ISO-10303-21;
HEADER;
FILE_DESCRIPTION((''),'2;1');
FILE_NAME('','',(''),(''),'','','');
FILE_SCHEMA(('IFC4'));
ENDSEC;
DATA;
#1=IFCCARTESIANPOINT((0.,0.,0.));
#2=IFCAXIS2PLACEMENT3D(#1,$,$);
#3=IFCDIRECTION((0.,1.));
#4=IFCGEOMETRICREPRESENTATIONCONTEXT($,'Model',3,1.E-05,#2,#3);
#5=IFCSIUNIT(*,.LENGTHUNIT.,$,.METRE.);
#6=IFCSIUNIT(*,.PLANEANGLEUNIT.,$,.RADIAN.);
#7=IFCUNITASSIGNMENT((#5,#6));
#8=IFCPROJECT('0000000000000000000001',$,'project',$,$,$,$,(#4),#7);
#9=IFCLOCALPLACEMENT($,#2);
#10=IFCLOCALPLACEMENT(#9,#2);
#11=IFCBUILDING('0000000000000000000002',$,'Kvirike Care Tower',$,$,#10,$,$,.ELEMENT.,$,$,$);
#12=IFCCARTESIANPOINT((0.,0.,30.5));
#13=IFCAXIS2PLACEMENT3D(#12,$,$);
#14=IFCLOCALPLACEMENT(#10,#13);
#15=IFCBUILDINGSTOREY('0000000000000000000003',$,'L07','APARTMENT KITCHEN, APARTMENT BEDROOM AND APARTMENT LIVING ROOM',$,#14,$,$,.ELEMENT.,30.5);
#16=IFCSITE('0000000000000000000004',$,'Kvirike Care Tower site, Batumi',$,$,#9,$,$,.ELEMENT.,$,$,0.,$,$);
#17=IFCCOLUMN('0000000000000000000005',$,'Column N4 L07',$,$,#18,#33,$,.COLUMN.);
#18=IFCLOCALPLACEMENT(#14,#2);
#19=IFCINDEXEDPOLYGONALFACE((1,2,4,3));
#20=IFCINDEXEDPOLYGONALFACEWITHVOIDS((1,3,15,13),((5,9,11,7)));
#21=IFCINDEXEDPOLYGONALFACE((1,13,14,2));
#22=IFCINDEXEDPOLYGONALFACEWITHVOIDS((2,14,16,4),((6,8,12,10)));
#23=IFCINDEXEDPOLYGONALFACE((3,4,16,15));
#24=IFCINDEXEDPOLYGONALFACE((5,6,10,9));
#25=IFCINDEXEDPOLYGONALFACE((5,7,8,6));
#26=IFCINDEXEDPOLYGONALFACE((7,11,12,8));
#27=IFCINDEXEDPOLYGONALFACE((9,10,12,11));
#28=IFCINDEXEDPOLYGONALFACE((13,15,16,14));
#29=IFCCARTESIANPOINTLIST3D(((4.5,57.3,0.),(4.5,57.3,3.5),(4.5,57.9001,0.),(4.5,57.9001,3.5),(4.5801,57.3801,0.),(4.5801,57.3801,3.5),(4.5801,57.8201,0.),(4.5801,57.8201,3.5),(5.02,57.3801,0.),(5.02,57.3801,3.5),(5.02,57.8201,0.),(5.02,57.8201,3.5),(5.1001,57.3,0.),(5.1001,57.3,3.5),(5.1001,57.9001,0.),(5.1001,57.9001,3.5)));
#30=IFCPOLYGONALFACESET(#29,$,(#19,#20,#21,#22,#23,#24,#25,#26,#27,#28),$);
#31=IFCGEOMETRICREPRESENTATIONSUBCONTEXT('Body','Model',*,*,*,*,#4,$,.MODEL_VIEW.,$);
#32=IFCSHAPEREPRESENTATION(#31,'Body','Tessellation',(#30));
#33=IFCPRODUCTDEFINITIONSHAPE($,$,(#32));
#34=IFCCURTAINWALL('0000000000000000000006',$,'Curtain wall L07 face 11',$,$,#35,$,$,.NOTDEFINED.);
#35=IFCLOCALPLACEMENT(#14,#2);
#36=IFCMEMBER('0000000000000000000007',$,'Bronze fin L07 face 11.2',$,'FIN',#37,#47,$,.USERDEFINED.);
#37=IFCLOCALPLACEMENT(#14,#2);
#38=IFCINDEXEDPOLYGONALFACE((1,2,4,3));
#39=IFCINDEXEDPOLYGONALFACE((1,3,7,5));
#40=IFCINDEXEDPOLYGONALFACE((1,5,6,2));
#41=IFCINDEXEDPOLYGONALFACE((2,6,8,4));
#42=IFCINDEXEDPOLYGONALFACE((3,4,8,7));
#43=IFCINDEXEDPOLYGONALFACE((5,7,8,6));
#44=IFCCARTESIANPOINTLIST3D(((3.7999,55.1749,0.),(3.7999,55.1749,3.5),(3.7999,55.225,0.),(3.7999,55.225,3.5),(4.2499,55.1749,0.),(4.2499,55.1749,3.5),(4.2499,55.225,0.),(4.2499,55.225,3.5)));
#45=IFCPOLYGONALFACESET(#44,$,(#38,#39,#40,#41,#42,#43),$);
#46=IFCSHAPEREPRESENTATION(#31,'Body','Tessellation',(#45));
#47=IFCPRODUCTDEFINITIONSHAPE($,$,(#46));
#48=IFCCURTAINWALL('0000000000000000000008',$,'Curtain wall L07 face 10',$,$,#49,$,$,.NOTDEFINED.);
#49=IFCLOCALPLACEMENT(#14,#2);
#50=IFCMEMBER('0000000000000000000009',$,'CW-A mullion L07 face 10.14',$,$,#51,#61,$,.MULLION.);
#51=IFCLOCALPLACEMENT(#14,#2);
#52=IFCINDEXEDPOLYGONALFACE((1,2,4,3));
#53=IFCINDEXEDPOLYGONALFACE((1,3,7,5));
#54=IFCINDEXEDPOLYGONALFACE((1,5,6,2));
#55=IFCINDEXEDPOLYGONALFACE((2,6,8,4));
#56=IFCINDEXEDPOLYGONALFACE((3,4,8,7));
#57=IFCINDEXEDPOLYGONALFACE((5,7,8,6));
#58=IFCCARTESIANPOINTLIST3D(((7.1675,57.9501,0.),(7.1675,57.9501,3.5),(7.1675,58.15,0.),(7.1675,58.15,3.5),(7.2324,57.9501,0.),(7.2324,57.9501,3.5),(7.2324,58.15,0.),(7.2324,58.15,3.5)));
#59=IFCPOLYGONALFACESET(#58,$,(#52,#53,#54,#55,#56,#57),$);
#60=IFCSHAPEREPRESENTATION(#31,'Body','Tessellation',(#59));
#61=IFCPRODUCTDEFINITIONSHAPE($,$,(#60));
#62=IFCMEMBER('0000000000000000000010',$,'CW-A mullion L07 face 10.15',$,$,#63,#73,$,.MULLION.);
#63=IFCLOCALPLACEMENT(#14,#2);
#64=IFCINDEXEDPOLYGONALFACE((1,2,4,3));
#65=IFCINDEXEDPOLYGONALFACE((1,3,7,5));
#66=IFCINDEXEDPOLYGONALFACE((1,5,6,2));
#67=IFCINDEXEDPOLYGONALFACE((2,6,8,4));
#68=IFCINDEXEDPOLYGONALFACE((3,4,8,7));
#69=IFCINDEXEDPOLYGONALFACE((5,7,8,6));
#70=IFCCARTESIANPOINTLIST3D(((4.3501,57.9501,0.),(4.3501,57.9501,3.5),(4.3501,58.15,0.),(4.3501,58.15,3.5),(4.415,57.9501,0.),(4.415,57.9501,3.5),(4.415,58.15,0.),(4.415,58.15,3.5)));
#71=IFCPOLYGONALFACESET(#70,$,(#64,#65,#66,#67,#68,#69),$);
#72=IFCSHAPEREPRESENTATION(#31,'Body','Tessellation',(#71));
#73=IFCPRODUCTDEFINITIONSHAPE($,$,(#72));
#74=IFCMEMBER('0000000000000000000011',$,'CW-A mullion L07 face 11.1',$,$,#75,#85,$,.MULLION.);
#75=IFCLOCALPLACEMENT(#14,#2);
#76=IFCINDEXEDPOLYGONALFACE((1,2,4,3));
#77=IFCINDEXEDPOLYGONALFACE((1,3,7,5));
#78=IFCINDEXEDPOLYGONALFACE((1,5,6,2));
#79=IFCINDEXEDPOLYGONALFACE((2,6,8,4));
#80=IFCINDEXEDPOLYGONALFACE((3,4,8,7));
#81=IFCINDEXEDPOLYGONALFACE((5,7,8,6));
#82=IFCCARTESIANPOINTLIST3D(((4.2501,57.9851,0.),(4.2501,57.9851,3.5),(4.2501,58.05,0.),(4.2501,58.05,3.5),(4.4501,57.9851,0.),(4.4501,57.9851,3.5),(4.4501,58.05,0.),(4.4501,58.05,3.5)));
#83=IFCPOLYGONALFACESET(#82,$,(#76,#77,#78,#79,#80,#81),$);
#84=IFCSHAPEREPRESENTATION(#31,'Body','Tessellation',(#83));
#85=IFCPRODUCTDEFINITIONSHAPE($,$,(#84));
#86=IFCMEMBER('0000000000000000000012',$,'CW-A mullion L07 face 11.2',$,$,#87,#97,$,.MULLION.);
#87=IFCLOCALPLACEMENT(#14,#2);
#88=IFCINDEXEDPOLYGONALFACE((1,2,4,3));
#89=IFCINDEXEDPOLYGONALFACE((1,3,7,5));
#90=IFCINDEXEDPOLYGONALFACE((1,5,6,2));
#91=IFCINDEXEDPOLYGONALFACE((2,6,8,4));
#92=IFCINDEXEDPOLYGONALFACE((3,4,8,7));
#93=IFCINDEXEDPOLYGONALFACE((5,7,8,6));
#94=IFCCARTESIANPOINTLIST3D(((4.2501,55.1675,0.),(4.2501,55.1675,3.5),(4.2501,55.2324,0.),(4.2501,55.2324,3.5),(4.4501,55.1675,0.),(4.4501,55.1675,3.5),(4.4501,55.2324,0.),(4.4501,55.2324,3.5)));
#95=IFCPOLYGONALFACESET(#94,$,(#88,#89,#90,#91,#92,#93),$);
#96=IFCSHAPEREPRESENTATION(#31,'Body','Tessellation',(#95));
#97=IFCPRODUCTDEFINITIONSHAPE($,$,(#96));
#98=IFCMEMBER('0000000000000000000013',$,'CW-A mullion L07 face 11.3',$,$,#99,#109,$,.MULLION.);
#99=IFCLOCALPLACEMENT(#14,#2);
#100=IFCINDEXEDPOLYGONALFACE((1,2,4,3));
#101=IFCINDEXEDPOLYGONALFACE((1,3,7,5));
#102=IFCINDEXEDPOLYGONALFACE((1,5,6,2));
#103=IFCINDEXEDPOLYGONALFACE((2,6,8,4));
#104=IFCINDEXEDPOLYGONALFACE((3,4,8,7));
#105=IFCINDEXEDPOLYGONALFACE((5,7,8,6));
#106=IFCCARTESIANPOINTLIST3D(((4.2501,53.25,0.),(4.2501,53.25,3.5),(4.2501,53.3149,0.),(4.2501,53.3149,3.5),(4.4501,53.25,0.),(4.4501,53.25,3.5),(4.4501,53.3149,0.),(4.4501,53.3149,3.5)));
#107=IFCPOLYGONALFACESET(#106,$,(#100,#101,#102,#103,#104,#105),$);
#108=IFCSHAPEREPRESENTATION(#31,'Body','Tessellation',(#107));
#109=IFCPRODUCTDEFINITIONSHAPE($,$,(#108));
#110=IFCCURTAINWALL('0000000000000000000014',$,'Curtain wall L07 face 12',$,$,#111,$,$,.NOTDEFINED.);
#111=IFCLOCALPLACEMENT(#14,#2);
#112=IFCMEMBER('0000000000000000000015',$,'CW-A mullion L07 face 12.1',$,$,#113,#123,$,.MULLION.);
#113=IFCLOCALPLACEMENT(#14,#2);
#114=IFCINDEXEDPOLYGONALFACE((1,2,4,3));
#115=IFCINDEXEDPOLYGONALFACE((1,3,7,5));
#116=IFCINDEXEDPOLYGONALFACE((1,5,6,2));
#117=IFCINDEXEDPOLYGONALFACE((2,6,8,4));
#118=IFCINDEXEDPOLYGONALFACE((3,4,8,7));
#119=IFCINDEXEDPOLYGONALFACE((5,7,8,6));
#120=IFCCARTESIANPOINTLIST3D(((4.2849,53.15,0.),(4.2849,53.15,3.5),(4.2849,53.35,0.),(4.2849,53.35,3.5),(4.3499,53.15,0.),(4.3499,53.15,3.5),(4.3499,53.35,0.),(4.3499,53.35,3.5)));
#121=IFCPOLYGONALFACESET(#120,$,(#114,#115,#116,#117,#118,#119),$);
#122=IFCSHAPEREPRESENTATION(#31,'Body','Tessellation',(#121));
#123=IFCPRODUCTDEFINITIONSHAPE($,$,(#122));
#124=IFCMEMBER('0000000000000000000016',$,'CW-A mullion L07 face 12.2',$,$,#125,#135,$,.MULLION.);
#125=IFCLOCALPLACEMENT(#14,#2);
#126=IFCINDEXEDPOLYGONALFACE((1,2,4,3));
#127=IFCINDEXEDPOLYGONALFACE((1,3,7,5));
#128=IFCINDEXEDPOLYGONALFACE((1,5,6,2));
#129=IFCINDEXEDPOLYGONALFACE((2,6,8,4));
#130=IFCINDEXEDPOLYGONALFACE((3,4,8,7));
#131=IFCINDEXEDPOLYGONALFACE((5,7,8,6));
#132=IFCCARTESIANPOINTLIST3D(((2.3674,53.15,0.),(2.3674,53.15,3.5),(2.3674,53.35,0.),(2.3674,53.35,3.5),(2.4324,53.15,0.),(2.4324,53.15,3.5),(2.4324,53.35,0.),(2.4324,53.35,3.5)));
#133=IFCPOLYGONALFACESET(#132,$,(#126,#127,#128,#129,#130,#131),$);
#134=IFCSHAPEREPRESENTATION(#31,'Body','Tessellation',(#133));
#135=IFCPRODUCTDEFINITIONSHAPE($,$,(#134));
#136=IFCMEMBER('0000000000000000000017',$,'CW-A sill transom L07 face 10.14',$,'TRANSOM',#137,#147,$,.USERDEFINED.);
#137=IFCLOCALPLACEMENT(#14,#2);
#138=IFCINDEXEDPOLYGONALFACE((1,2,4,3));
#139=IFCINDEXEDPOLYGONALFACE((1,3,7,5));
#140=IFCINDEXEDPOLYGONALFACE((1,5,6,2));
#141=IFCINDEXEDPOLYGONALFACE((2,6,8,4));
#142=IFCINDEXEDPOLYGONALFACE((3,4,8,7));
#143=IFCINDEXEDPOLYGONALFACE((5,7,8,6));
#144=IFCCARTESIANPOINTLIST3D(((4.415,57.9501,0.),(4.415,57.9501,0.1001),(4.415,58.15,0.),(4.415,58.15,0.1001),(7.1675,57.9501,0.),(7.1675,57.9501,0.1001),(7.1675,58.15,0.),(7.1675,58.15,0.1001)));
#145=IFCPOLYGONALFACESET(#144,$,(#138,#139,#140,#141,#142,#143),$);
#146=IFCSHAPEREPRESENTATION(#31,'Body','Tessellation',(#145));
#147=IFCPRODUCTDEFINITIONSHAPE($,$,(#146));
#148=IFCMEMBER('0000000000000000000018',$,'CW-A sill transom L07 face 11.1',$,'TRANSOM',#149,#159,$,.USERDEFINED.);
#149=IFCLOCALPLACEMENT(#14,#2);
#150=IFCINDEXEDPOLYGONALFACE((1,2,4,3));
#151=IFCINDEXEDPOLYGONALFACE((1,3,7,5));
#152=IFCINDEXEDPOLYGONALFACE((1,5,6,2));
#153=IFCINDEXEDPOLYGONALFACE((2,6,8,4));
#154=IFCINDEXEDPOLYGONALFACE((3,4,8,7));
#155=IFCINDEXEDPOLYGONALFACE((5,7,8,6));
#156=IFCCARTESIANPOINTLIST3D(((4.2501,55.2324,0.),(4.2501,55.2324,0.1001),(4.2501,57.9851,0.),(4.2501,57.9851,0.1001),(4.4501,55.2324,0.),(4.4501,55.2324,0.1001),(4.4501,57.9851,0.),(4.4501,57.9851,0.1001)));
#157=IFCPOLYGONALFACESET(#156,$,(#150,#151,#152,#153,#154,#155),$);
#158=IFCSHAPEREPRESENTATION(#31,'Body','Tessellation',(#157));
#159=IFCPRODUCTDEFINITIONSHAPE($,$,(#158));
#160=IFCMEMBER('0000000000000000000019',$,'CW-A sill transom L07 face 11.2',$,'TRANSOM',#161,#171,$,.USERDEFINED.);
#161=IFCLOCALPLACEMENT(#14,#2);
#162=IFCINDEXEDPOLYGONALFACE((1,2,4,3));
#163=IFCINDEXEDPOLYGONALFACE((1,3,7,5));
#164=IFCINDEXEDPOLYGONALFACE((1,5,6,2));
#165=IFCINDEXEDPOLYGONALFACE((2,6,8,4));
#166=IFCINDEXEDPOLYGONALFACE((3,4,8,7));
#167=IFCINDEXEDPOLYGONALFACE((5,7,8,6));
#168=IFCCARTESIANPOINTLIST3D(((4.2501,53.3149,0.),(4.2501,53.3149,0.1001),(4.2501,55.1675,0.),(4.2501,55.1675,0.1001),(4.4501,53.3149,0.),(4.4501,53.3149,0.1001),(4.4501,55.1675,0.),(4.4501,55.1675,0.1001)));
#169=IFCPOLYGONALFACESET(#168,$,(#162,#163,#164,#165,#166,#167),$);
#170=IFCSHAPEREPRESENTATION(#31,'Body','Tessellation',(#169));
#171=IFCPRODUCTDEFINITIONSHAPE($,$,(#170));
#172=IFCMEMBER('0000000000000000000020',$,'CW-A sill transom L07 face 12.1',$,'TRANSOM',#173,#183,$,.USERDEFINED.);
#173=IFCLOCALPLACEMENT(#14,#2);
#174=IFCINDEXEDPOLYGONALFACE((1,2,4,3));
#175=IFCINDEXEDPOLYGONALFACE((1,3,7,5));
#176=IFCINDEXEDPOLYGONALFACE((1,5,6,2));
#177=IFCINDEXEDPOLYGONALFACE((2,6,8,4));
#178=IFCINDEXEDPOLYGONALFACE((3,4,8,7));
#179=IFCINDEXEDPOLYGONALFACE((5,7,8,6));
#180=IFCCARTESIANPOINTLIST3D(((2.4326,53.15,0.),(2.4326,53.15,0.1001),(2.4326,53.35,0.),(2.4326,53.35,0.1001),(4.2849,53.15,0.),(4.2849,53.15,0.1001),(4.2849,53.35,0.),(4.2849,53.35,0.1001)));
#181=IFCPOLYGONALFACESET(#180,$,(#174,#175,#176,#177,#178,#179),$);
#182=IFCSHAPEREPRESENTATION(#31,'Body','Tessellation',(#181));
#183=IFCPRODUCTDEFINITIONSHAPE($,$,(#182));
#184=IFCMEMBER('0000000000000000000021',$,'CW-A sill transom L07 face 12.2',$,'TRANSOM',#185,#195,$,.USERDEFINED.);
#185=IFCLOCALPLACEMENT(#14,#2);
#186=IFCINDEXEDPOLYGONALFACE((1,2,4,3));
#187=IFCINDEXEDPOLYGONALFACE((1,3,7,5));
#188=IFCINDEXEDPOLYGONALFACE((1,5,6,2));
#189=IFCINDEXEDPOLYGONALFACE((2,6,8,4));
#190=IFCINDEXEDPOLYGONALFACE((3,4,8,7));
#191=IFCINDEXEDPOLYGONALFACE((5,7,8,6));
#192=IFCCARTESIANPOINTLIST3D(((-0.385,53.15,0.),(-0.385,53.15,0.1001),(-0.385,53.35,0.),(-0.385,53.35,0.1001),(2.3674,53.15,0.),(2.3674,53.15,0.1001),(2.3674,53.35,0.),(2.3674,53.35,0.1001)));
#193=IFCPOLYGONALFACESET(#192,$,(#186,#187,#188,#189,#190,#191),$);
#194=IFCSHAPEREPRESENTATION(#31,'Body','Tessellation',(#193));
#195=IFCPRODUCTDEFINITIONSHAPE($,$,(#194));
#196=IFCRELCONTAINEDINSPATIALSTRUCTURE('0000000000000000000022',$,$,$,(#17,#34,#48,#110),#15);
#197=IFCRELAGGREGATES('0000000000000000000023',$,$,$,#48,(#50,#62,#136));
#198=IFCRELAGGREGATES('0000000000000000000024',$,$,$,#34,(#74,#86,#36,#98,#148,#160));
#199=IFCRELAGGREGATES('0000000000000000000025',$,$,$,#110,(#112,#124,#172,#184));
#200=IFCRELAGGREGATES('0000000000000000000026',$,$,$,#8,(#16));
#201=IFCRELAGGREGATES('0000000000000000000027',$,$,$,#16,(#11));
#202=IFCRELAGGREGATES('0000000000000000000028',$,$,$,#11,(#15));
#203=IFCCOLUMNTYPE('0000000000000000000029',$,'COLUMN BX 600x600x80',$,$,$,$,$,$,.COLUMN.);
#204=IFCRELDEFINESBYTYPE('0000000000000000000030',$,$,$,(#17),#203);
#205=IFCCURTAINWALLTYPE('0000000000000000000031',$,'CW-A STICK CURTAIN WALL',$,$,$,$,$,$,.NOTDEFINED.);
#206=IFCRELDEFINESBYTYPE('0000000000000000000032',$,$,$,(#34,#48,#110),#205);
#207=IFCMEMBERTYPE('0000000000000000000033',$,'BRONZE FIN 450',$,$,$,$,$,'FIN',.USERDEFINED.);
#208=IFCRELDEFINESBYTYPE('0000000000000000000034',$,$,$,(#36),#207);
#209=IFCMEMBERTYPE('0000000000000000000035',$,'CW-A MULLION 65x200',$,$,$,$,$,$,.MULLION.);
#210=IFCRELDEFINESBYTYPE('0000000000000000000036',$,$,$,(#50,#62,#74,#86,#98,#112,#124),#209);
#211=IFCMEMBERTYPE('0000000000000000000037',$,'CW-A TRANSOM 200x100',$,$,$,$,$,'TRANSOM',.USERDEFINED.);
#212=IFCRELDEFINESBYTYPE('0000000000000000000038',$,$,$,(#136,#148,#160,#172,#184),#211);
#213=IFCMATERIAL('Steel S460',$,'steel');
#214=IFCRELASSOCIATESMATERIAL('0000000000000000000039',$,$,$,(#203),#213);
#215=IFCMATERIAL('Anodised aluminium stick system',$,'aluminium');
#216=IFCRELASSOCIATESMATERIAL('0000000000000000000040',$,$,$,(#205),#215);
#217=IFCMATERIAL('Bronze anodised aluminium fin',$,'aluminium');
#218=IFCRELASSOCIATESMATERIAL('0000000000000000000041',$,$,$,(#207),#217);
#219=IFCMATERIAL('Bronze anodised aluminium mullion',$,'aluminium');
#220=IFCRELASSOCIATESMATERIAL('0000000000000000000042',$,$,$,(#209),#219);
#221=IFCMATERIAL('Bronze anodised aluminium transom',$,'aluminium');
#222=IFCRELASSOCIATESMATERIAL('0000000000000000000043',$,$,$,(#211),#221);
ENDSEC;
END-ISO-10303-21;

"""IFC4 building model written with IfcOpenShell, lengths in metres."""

from ifc_helpers import new_model, si_unit, direction, frame, origin, origin_2d, place, context, subcontext, project, spatial, rectangle, hollow_rectangle, extrude, material, material_profile, profile_set, type_object, element, aggregate, save


model = new_model("IFC4")

# Units and contexts
model_context = context("Model", 3, precision=1e-05, world=origin(), true_north=direction((0.0, 1.0)))
body_context = subcontext(model_context, "Body", "Model", "MODEL_VIEW")
ifc_project = project(units=[si_unit("LENGTHUNIT", "METRE"), si_unit("PLANEANGLEUNIT", "RADIAN")], contexts=[model_context])

# Site, building, storey
site_placement = place(None, origin())
site = spatial("IfcSite", under=ifc_project, at=site_placement, Name="Kvirike Care Tower site, Batumi", CompositionType="ELEMENT", RefElevation=0.0)
building_placement = place(site_placement, origin())
building = spatial("IfcBuilding", under=site, at=building_placement, Name="Kvirike Care Tower", CompositionType="ELEMENT")
storey_placement = place(building_placement, frame((0.0, 0.0, 30.5)))
storey = spatial("IfcBuildingStorey", under=building, at=storey_placement, Name="L07", Description="APARTMENT KITCHEN, APARTMENT BEDROOM AND APARTMENT LIVING ROOM", CompositionType="ELEMENT", Elevation=30.5)

# Column
ifc_material_1 = material(Name="Steel S460", Category="steel")
ifc_material_profile_1 = material_profile(ifc_material_1, hollow_rectangle(XDim=0.6001, YDim=0.6001, WallThickness=0.0801, at=origin_2d()), Name="BX 600x600x80")
ifc_profile_set_1 = profile_set([ifc_material_profile_1], Name="Steel S460")
column_type = type_object("IfcColumnType", Name="COLUMN BX 600x600x80", PredefinedType="COLUMN", material=ifc_profile_set_1)
column_placement = place(storey_placement, frame((4.8, 57.6001, 0.0), z_axis=(0.0, 0.0, 1.0), x_axis=(0.0, 1.0, 0.0)))
element("IfcColumn", 1, at=column_placement, inside=storey, type_object=column_type, Name="Column N4 L07", PredefinedType="COLUMN", context=body_context, shape_type="SweptSolid", body=[
    extrude(hollow_rectangle(XDim=0.6001, YDim=0.6001, WallThickness=0.0801, at=origin_2d()), origin(), (0.0, 0.0, 1.0), 3.5),
])

# Curtain wall, member
ifc_material_2 = material(Name="Anodised aluminium stick system", Category="aluminium")
curtain_wall_type = type_object("IfcCurtainWallType", Name="CW-A STICK CURTAIN WALL", PredefinedType="NOTDEFINED", material=ifc_material_2)
curtain_wall_1_placement = place(storey_placement, origin())
curtain_wall_1 = element("IfcCurtainWall", 2, at=curtain_wall_1_placement, inside=storey, type_object=curtain_wall_type, Name="Curtain wall L07 face 11", PredefinedType="NOTDEFINED")
ifc_material_3 = material(Name="Bronze anodised aluminium fin", Category="aluminium")
ifc_material_profile_2 = material_profile(ifc_material_3, rectangle(XDim=0.05, YDim=0.45, at=origin_2d()), Name="BRONZE FIN 450")
ifc_profile_set_2 = profile_set([ifc_material_profile_2], Name="Bronze anodised aluminium fin")
member_type_1 = type_object("IfcMemberType", Name="BRONZE FIN 450", ElementType="FIN", PredefinedType="USERDEFINED", material=ifc_profile_set_2)
member_1_placement = place(storey_placement, frame((4.0249, 55.2, 0.0), z_axis=(0.0, 0.0, 1.0), x_axis=(0.0, -1.0, 0.0)))
member_1 = element("IfcMember", 3, at=member_1_placement, type_object=member_type_1, Name="Bronze fin L07 face 11.2", ObjectType="FIN", PredefinedType="USERDEFINED", context=body_context, shape_type="SweptSolid", body=[
    extrude(rectangle(XDim=0.05, YDim=0.45, at=origin_2d()), origin(), (0.0, 0.0, 1.0), 3.5),
])

# Curtain wall, members
curtain_wall_2_placement = place(storey_placement, origin())
curtain_wall_2 = element("IfcCurtainWall", 4, at=curtain_wall_2_placement, inside=storey, type_object=curtain_wall_type, Name="Curtain wall L07 face 10", PredefinedType="NOTDEFINED")
ifc_material_4 = material(Name="Bronze anodised aluminium mullion", Category="aluminium")
ifc_material_profile_3 = material_profile(ifc_material_4, rectangle(XDim=0.0649, YDim=0.2, at=origin_2d()), Name="CW-A MULLION 65x200")
ifc_profile_set_3 = profile_set([ifc_material_profile_3], Name="Bronze anodised aluminium mullion")
member_type_2 = type_object("IfcMemberType", Name="CW-A MULLION 65x200", PredefinedType="MULLION", material=ifc_profile_set_3)
member_2_placement = place(storey_placement, frame((7.2, 58.05, 0.0), z_axis=(0.0, 0.0, 1.0), x_axis=(-1.0, 0.0, 0.0)))
member_2 = element("IfcMember", 5, at=member_2_placement, type_object=member_type_2, Name="CW-A mullion L07 face 10.14", PredefinedType="MULLION", context=body_context, shape_type="SweptSolid", body=[
    extrude(rectangle(XDim=0.0649, YDim=0.2, at=origin_2d()), origin(), (0.0, 0.0, 1.0), 3.5),
])
member_3_placement = place(storey_placement, frame((4.3826, 58.05, 0.0), z_axis=(0.0, 0.0, 1.0), x_axis=(-1.0, 0.0, 0.0)))
member_3 = element("IfcMember", 6, at=member_3_placement, type_object=member_type_2, Name="CW-A mullion L07 face 10.15", PredefinedType="MULLION", context=body_context, shape_type="SweptSolid", body=[
    extrude(rectangle(XDim=0.0649, YDim=0.2, at=origin_2d()), origin(), (0.0, 0.0, 1.0), 3.5),
])

# Members
member_4_placement = place(storey_placement, frame((4.3501, 58.0176, 0.0), z_axis=(0.0, 0.0, 1.0), x_axis=(0.0, -1.0, 0.0)))
member_4 = element("IfcMember", 7, at=member_4_placement, type_object=member_type_2, Name="CW-A mullion L07 face 11.1", PredefinedType="MULLION", context=body_context, shape_type="SweptSolid", body=[
    extrude(rectangle(XDim=0.0649, YDim=0.2, at=origin_2d()), origin(), (0.0, 0.0, 1.0), 3.5),
])
member_5_placement = place(storey_placement, frame((4.3501, 55.2, 0.0), z_axis=(0.0, 0.0, 1.0), x_axis=(0.0, -1.0, 0.0)))
member_5 = element("IfcMember", 8, at=member_5_placement, type_object=member_type_2, Name="CW-A mullion L07 face 11.2", PredefinedType="MULLION", context=body_context, shape_type="SweptSolid", body=[
    extrude(rectangle(XDim=0.0649, YDim=0.2, at=origin_2d()), origin(), (0.0, 0.0, 1.0), 3.5),
])
member_6_placement = place(storey_placement, frame((4.3501, 53.2825, 0.0), z_axis=(0.0, 0.0, 1.0), x_axis=(0.0, -1.0, 0.0)))
member_6 = element("IfcMember", 9, at=member_6_placement, type_object=member_type_2, Name="CW-A mullion L07 face 11.3", PredefinedType="MULLION", context=body_context, shape_type="SweptSolid", body=[
    extrude(rectangle(XDim=0.0649, YDim=0.2, at=origin_2d()), origin(), (0.0, 0.0, 1.0), 3.5),
])

# Curtain wall, members
curtain_wall_3_placement = place(storey_placement, origin())
curtain_wall_3 = element("IfcCurtainWall", 10, at=curtain_wall_3_placement, inside=storey, type_object=curtain_wall_type, Name="Curtain wall L07 face 12", PredefinedType="NOTDEFINED")
member_7_placement = place(storey_placement, frame((4.3174, 53.25, 0.0), z_axis=(0.0, 0.0, 1.0), x_axis=(-1.0, 0.0, 0.0)))
member_7 = element("IfcMember", 11, at=member_7_placement, type_object=member_type_2, Name="CW-A mullion L07 face 12.1", PredefinedType="MULLION", context=body_context, shape_type="SweptSolid", body=[
    extrude(rectangle(XDim=0.0649, YDim=0.2, at=origin_2d()), origin(), (0.0, 0.0, 1.0), 3.5),
])
member_8_placement = place(storey_placement, frame((2.3999, 53.25, 0.0), z_axis=(0.0, 0.0, 1.0), x_axis=(-1.0, 0.0, 0.0)))
member_8 = element("IfcMember", 12, at=member_8_placement, type_object=member_type_2, Name="CW-A mullion L07 face 12.2", PredefinedType="MULLION", context=body_context, shape_type="SweptSolid", body=[
    extrude(rectangle(XDim=0.0649, YDim=0.2, at=origin_2d()), origin(), (0.0, 0.0, 1.0), 3.5),
])

# Members
ifc_material_5 = material(Name="Bronze anodised aluminium transom", Category="aluminium")
ifc_material_profile_4 = material_profile(ifc_material_5, rectangle(XDim=0.2, YDim=0.1001, at=origin_2d()), Name="CW-A TRANSOM 200x100")
ifc_profile_set_4 = profile_set([ifc_material_profile_4], Name="Bronze anodised aluminium transom")
member_type_3 = type_object("IfcMemberType", Name="CW-A TRANSOM 200x100", ElementType="TRANSOM", PredefinedType="USERDEFINED", material=ifc_profile_set_4)
member_9_placement = place(storey_placement, frame((7.1675, 58.05, 0.05), z_axis=(-1.0, 0.0, 0.0), x_axis=(0.0, -1.0, 0.0)))
member_9 = element("IfcMember", 13, at=member_9_placement, type_object=member_type_3, Name="CW-A sill transom L07 face 10.14", ObjectType="TRANSOM", PredefinedType="USERDEFINED", context=body_context, shape_type="SweptSolid", body=[
    extrude(rectangle(XDim=0.2, YDim=0.1001, at=origin_2d()), origin(), (0.0, 0.0, 1.0), 2.7524),
])
member_10_placement = place(storey_placement, frame((4.3501, 57.9851, 0.05), z_axis=(0.0, -1.0, 0.0), x_axis=(1.0, 0.0, 0.0)))
member_10 = element("IfcMember", 14, at=member_10_placement, type_object=member_type_3, Name="CW-A sill transom L07 face 11.1", ObjectType="TRANSOM", PredefinedType="USERDEFINED", context=body_context, shape_type="SweptSolid", body=[
    extrude(rectangle(XDim=0.2, YDim=0.1001, at=origin_2d()), origin(), (0.0, 0.0, 1.0), 2.7527),
])
member_11_placement = place(storey_placement, frame((4.3501, 55.1675, 0.05), z_axis=(0.0, -1.0, 0.0), x_axis=(1.0, 0.0, 0.0)))
member_11 = element("IfcMember", 15, at=member_11_placement, type_object=member_type_3, Name="CW-A sill transom L07 face 11.2", ObjectType="TRANSOM", PredefinedType="USERDEFINED", context=body_context, shape_type="SweptSolid", body=[
    extrude(rectangle(XDim=0.2, YDim=0.1001, at=origin_2d()), origin(), (0.0, 0.0, 1.0), 1.8525),
])
member_12_placement = place(storey_placement, frame((4.2849, 53.25, 0.05), z_axis=(-1.0, 0.0, 0.0), x_axis=(0.0, -1.0, 0.0)))
member_12 = element("IfcMember", 16, at=member_12_placement, type_object=member_type_3, Name="CW-A sill transom L07 face 12.1", ObjectType="TRANSOM", PredefinedType="USERDEFINED", context=body_context, shape_type="SweptSolid", body=[
    extrude(rectangle(XDim=0.2, YDim=0.1001, at=origin_2d()), origin(), (0.0, 0.0, 1.0), 1.8523),
])
member_13_placement = place(storey_placement, frame((2.3674, 53.25, 0.05), z_axis=(-1.0, 0.0, 0.0), x_axis=(0.0, -1.0, 0.0)))
member_13 = element("IfcMember", 17, at=member_13_placement, type_object=member_type_3, Name="CW-A sill transom L07 face 12.2", ObjectType="TRANSOM", PredefinedType="USERDEFINED", context=body_context, shape_type="SweptSolid", body=[
    extrude(rectangle(XDim=0.2, YDim=0.1001, at=origin_2d()), origin(), (0.0, 0.0, 1.0), 2.7524),
])

aggregate(curtain_wall_2, [member_2, member_3, member_9])
aggregate(curtain_wall_1, [member_4, member_5, member_1, member_6, member_10, member_11])
aggregate(curtain_wall_3, [member_7, member_8, member_12, member_13])

save(model, "model.ifc")
